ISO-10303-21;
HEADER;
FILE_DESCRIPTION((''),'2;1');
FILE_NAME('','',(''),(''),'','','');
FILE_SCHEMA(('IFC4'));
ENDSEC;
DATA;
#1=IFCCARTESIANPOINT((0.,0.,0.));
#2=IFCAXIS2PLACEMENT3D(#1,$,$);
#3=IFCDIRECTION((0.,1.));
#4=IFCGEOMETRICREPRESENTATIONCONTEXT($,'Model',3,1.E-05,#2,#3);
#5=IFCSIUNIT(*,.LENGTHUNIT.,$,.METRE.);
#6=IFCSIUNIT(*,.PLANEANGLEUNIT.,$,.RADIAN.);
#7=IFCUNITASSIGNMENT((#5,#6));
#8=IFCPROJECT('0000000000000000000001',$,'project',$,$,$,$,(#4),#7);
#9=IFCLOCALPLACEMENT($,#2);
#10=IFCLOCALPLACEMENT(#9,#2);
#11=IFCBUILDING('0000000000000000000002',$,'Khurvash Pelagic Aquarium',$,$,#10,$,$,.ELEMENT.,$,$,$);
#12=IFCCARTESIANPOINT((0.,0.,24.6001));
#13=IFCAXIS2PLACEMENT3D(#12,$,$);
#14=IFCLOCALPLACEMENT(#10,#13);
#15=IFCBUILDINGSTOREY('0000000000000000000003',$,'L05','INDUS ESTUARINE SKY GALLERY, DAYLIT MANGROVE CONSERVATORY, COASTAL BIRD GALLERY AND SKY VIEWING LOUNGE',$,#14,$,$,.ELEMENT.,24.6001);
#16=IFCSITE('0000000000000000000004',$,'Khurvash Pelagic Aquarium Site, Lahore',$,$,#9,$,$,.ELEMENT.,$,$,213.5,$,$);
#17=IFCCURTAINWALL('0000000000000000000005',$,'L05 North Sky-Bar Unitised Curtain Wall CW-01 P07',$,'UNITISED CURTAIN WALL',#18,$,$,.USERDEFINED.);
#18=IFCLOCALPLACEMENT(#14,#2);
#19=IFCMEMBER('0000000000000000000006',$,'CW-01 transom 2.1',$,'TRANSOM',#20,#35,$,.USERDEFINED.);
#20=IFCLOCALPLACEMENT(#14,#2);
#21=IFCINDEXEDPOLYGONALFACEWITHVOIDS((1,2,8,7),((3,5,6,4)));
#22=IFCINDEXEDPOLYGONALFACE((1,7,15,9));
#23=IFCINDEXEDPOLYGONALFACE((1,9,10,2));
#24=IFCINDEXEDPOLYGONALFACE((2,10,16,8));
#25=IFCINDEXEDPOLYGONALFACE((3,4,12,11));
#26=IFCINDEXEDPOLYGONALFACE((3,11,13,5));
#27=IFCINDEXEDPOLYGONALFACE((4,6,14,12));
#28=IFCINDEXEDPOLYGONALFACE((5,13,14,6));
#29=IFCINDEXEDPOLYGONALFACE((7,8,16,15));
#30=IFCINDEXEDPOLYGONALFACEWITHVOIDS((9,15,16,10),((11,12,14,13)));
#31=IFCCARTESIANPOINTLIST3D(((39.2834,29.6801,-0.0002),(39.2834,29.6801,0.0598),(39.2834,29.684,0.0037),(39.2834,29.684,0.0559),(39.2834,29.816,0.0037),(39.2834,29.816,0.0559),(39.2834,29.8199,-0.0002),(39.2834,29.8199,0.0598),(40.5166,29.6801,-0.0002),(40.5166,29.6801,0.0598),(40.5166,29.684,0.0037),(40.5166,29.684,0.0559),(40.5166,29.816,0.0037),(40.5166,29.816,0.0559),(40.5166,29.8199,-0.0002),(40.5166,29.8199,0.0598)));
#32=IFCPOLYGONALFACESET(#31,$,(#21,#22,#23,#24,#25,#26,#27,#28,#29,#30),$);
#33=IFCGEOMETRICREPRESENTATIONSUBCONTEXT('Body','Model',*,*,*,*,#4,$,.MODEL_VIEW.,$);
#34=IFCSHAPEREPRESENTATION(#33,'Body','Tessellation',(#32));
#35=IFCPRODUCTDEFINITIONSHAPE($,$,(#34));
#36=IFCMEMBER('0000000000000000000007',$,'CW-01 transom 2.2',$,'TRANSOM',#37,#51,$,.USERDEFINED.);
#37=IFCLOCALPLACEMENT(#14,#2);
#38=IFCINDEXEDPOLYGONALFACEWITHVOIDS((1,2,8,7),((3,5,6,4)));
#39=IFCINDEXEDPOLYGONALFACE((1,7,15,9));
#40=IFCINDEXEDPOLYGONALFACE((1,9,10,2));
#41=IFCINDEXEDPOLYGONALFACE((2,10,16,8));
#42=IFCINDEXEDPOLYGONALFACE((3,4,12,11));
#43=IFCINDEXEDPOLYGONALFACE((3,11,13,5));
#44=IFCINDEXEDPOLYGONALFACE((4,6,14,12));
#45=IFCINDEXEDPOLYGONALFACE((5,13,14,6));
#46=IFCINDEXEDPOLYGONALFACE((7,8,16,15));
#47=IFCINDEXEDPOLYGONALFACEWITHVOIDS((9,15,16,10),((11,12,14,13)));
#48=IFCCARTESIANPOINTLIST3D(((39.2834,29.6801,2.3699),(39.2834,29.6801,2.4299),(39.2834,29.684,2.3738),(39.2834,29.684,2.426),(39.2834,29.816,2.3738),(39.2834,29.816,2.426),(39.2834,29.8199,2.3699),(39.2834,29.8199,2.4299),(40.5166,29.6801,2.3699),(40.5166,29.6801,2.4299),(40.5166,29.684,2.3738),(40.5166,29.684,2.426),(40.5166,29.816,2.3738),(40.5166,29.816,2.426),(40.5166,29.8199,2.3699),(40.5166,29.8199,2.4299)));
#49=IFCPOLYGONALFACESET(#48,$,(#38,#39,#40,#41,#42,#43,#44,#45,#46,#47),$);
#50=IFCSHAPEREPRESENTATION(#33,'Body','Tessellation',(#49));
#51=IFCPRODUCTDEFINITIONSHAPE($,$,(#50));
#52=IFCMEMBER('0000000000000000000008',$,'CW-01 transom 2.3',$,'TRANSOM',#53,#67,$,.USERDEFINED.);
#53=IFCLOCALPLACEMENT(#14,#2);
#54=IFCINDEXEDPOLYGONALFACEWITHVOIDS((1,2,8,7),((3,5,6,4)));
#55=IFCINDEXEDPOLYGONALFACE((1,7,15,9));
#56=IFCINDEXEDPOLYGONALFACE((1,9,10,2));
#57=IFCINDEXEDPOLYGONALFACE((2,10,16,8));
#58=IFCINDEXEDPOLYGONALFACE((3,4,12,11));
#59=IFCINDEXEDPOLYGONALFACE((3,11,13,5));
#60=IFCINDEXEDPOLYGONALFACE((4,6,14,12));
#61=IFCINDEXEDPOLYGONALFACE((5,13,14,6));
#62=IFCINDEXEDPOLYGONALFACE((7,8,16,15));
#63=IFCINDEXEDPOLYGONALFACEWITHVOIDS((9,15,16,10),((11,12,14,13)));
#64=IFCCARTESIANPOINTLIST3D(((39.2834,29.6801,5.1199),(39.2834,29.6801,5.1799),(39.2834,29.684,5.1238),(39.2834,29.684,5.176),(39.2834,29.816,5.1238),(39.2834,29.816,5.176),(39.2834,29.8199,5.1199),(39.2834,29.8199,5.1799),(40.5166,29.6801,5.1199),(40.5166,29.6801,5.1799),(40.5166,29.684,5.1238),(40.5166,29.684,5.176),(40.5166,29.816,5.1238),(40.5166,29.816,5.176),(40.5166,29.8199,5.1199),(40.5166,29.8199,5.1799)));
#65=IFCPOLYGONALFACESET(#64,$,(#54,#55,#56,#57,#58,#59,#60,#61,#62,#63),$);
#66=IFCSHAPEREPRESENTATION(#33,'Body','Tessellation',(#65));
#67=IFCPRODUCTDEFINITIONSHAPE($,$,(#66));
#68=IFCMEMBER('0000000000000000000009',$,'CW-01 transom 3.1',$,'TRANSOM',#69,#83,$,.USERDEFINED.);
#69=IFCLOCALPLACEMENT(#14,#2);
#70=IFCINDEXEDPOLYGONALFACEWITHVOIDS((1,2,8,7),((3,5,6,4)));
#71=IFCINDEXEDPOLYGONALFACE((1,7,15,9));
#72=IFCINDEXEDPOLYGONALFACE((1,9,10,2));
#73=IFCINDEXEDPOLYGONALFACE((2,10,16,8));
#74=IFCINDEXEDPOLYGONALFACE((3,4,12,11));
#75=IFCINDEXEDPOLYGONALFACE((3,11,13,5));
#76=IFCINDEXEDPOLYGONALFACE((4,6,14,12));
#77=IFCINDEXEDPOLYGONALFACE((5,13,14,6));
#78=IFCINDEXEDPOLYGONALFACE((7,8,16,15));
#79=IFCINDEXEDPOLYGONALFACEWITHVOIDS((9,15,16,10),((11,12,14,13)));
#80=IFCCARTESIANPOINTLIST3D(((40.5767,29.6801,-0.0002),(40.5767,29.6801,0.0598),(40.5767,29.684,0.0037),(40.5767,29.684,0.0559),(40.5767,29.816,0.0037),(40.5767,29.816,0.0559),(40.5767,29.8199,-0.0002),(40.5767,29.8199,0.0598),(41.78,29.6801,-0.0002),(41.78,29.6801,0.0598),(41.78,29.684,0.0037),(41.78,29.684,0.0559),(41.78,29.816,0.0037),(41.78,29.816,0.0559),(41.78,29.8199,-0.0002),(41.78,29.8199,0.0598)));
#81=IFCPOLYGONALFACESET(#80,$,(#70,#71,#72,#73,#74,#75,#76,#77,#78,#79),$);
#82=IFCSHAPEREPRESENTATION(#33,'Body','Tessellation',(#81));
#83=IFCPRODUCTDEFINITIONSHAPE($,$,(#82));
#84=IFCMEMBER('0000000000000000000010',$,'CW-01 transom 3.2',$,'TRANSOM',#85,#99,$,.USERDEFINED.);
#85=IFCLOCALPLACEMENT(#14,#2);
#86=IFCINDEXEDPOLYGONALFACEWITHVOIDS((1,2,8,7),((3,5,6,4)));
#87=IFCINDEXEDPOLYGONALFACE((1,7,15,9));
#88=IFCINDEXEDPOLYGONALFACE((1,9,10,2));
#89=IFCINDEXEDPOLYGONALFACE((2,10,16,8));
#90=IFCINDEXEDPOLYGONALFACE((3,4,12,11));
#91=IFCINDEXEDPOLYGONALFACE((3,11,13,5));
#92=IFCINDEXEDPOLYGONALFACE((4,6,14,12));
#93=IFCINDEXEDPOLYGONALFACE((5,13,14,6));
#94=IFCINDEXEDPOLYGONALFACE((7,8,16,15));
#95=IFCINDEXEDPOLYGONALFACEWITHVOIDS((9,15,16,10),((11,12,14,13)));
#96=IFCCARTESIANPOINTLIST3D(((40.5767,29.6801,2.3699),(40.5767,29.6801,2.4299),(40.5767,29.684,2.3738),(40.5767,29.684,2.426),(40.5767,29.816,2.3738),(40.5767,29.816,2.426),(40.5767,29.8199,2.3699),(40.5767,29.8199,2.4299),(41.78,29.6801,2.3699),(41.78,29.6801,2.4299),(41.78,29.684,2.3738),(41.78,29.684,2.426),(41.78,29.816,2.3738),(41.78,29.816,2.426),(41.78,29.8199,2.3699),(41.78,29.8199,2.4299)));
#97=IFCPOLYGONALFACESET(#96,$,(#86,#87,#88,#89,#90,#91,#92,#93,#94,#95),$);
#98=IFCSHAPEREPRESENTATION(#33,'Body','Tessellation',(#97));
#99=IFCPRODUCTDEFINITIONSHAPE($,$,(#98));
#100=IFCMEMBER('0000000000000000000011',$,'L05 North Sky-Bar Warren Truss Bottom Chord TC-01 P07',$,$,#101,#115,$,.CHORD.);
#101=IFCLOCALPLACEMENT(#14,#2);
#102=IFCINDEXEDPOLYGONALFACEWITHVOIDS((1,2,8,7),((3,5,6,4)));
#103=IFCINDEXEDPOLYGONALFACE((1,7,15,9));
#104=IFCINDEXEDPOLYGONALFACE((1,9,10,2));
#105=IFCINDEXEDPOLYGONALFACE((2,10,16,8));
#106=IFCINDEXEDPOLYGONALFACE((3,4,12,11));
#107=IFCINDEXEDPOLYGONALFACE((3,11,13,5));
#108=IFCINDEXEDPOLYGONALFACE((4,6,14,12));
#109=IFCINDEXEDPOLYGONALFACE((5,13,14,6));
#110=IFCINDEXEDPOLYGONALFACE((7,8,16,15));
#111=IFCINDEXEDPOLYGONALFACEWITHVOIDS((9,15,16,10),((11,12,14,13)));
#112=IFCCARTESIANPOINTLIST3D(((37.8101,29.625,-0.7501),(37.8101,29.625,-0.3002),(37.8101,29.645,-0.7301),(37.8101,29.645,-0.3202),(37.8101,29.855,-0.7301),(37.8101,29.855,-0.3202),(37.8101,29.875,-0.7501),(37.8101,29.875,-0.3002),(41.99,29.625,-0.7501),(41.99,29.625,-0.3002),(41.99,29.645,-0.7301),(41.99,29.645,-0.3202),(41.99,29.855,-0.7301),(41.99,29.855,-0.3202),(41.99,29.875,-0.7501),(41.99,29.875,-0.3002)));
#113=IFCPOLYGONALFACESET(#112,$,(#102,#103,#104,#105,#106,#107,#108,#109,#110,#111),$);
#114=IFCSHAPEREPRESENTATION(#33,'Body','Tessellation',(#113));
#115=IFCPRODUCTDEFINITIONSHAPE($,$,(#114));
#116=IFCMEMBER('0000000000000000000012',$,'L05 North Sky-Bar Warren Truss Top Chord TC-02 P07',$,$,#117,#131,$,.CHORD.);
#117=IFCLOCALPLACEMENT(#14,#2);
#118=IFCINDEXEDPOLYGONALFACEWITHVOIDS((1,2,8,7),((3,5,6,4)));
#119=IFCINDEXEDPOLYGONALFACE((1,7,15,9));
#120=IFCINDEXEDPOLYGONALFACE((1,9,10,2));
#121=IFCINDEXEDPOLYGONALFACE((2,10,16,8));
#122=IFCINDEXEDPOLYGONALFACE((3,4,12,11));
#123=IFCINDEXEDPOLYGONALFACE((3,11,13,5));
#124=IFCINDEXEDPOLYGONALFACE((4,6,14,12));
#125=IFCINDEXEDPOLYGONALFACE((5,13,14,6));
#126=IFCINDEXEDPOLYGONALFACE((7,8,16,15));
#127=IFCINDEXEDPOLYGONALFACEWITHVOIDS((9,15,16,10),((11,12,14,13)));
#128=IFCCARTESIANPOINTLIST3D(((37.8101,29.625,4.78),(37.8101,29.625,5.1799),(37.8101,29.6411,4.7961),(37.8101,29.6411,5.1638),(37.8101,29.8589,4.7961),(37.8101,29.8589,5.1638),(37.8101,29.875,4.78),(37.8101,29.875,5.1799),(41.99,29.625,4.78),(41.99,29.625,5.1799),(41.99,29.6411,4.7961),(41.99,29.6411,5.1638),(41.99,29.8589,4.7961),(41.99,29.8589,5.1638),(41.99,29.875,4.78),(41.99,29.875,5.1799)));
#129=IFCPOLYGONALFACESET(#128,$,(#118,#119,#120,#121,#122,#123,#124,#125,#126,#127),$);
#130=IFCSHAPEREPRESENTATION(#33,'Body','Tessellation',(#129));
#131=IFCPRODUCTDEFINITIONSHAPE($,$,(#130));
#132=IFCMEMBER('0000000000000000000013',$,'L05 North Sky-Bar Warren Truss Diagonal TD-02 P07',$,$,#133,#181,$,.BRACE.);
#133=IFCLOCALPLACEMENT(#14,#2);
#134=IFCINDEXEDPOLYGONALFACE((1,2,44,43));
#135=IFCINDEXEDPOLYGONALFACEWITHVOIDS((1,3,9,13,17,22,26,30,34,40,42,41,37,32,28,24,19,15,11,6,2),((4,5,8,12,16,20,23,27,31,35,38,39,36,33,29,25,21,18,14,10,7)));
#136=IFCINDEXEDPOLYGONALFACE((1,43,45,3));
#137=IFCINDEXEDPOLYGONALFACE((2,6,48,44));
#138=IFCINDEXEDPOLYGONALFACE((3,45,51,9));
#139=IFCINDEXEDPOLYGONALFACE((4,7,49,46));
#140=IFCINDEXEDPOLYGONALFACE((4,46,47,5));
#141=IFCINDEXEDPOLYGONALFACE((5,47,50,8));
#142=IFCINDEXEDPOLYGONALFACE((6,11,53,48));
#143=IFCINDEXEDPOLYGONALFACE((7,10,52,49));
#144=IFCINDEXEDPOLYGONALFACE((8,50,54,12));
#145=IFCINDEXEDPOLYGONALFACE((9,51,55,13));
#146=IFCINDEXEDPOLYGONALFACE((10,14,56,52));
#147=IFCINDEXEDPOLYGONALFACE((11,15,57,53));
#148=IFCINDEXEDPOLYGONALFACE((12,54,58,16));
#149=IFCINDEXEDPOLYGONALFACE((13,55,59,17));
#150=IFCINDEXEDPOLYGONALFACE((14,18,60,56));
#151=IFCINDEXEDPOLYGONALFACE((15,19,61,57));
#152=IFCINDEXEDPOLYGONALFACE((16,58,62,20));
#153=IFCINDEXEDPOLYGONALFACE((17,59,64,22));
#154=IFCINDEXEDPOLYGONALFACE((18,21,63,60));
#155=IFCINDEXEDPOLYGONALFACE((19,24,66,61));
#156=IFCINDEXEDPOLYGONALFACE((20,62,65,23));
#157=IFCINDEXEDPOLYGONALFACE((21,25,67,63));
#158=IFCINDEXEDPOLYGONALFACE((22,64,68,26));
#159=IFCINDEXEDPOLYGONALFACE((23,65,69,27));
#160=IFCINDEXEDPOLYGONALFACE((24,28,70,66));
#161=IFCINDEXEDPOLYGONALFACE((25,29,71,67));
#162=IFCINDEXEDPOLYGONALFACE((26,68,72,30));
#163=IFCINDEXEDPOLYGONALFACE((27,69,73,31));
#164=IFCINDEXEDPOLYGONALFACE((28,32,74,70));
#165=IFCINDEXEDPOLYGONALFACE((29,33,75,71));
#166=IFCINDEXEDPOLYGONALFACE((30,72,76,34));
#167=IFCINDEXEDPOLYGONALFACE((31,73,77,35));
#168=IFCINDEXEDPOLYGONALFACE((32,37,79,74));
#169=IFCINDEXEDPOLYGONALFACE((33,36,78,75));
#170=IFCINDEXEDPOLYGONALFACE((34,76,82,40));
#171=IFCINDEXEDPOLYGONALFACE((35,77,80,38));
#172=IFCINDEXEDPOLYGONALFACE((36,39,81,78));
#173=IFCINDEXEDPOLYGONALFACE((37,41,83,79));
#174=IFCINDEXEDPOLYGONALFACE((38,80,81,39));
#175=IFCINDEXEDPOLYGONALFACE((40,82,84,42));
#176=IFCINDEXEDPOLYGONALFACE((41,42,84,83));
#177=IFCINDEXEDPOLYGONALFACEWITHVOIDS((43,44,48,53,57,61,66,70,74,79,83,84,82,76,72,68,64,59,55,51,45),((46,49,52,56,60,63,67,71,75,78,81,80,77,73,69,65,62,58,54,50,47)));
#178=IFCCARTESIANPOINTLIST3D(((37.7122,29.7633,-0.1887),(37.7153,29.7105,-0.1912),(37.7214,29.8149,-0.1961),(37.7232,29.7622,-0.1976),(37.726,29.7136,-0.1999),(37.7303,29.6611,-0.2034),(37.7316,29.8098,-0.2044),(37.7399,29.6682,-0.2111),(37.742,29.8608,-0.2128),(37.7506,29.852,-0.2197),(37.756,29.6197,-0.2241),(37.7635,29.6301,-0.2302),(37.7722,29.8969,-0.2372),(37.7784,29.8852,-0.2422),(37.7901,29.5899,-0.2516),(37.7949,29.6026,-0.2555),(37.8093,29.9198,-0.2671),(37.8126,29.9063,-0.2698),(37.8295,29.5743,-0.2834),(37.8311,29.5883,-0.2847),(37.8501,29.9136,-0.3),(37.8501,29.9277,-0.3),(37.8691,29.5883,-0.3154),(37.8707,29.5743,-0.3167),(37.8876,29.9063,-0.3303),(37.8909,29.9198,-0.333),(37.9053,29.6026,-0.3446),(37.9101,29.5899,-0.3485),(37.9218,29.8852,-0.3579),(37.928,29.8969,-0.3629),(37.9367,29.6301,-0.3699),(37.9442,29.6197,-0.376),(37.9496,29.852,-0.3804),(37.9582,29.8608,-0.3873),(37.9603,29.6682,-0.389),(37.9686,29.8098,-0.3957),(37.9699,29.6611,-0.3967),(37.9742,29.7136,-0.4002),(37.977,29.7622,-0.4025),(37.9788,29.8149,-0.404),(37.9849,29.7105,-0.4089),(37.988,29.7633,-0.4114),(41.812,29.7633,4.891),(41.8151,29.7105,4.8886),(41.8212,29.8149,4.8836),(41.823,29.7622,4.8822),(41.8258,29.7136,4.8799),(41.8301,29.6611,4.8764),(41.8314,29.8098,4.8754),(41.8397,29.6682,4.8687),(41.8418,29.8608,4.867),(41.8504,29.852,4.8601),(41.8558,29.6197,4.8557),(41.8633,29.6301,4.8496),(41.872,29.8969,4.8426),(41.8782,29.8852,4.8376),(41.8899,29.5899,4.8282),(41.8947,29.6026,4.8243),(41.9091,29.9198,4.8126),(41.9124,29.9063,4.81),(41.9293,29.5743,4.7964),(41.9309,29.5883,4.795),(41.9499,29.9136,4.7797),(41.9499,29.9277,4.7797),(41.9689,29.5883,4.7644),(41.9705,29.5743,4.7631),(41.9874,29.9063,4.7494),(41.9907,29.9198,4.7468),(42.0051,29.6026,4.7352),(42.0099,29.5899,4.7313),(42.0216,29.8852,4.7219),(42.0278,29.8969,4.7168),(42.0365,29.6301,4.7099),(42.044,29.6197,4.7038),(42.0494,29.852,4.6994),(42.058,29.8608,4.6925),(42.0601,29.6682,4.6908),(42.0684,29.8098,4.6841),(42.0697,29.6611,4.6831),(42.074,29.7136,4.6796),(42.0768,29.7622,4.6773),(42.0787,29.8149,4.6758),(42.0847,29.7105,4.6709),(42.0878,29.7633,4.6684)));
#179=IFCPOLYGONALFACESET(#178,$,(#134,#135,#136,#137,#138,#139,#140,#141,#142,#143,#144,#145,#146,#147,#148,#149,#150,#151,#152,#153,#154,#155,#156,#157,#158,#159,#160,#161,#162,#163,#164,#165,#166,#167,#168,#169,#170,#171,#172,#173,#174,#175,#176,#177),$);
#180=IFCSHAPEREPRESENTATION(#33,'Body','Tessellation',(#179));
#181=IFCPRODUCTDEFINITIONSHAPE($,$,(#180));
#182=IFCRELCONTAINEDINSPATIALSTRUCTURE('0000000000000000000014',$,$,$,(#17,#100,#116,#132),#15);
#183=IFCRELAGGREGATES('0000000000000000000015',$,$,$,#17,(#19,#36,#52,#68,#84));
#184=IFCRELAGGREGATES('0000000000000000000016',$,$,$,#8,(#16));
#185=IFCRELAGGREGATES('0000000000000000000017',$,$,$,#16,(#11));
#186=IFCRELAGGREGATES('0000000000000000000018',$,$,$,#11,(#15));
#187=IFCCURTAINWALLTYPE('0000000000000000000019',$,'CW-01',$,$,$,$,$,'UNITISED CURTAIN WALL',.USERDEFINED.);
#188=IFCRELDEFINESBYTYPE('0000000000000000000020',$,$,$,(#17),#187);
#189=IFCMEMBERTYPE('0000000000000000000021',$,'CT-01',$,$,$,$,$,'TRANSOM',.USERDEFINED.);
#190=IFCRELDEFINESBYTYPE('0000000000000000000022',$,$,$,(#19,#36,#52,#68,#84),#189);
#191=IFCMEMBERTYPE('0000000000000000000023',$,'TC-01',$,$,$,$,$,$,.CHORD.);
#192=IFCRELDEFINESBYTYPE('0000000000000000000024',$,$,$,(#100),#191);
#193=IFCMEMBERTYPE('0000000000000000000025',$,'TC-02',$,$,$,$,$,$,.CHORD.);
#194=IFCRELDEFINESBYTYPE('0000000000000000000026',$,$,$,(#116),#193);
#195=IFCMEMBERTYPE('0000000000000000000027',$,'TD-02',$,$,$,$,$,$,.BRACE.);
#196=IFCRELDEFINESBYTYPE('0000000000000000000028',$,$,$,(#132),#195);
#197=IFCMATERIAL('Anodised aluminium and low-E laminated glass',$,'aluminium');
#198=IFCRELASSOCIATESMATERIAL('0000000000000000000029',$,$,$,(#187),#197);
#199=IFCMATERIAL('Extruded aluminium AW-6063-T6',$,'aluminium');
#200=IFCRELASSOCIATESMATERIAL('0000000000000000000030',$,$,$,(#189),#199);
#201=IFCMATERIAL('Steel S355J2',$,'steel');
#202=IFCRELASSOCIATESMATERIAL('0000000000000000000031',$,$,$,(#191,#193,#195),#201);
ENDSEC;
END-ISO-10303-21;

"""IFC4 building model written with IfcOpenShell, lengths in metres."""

from ifc_helpers import new_model, si_unit, direction, frame, origin, origin_2d, place, context, subcontext, project, spatial, hollow_rectangle, hollow_circle, extrude, material, material_profile, profile_set, type_object, element, aggregate, save


model = new_model("IFC4")

# Units and contexts
model_context = context("Model", 3, precision=1e-05, world=origin(), true_north=direction((0.0, 1.0)))
body_context = subcontext(model_context, "Body", "Model", "MODEL_VIEW")
ifc_project = project(units=[si_unit("LENGTHUNIT", "METRE"), si_unit("PLANEANGLEUNIT", "RADIAN")], contexts=[model_context])

# Site, building, storey
site_placement = place(None, origin())
site = spatial("IfcSite", under=ifc_project, at=site_placement, Name="Khurvash Pelagic Aquarium Site, Lahore", CompositionType="ELEMENT", RefElevation=213.5)
building_placement = place(site_placement, origin())
building = spatial("IfcBuilding", under=site, at=building_placement, Name="Khurvash Pelagic Aquarium", CompositionType="ELEMENT")
storey_placement = place(building_placement, frame((0.0, 0.0, 24.6001)))
storey = spatial("IfcBuildingStorey", under=building, at=storey_placement, Name="L05", Description="INDUS ESTUARINE SKY GALLERY, DAYLIT MANGROVE CONSERVATORY, COASTAL BIRD GALLERY AND SKY VIEWING LOUNGE", CompositionType="ELEMENT", Elevation=24.6001)

# Curtain wall
ifc_material_1 = material(Name="Anodised aluminium and low-E laminated glass", Category="aluminium")
curtain_wall_type = type_object("IfcCurtainWallType", Name="CW-01", ElementType="UNITISED CURTAIN WALL", PredefinedType="USERDEFINED", material=ifc_material_1)
ifc_material_2 = material(Name="Extruded aluminium AW-6063-T6", Category="aluminium")
curtain_wall_1_placement = place(storey_placement, origin())
curtain_wall_1 = element("IfcCurtainWall", 1, at=curtain_wall_1_placement, inside=storey, type_object=curtain_wall_type, Name="L05 North Sky-Bar Unitised Curtain Wall CW-01 P07", ObjectType="UNITISED CURTAIN WALL", PredefinedType="USERDEFINED")

# Members
ifc_material_profile_1 = material_profile(ifc_material_2, hollow_rectangle(XDim=0.1399, YDim=0.0601, WallThickness=0.0039, at=origin_2d()), Name="CWT140X60X4")
ifc_profile_set_1 = profile_set([ifc_material_profile_1], Name="Extruded aluminium AW-6063-T6")
member_type_1 = type_object("IfcMemberType", Name="CT-01", ElementType="TRANSOM", PredefinedType="USERDEFINED", material=ifc_profile_set_1)
member_1_placement = place(storey_placement, frame((39.2834, 29.75, 0.0298), z_axis=(1.0, 0.0, 0.0), x_axis=(0.0, 1.0, 0.0)))
member_1 = element("IfcMember", 2, at=member_1_placement, type_object=member_type_1, Name="CW-01 transom 2.1", ObjectType="TRANSOM", PredefinedType="USERDEFINED", context=body_context, shape_type="SweptSolid", body=[
    extrude(hollow_rectangle(XDim=0.1399, YDim=0.0601, WallThickness=0.0039, at=origin_2d()), origin(), (0.0, 0.0, 1.0), 1.2332),
])
member_2_placement = place(storey_placement, frame((39.2834, 29.75, 2.3999), z_axis=(1.0, 0.0, 0.0), x_axis=(0.0, 1.0, 0.0)))
member_2 = element("IfcMember", 3, at=member_2_placement, type_object=member_type_1, Name="CW-01 transom 2.2", ObjectType="TRANSOM", PredefinedType="USERDEFINED", context=body_context, shape_type="SweptSolid", body=[
    extrude(hollow_rectangle(XDim=0.1399, YDim=0.0601, WallThickness=0.0039, at=origin_2d()), origin(), (0.0, 0.0, 1.0), 1.2332),
])
member_3_placement = place(storey_placement, frame((39.2834, 29.75, 5.1499), z_axis=(1.0, 0.0, 0.0), x_axis=(0.0, 1.0, 0.0)))
member_3 = element("IfcMember", 4, at=member_3_placement, type_object=member_type_1, Name="CW-01 transom 2.3", ObjectType="TRANSOM", PredefinedType="USERDEFINED", context=body_context, shape_type="SweptSolid", body=[
    extrude(hollow_rectangle(XDim=0.1399, YDim=0.0601, WallThickness=0.0039, at=origin_2d()), origin(), (0.0, 0.0, 1.0), 1.2332),
])
member_4_placement = place(storey_placement, frame((40.5767, 29.75, 0.0298), z_axis=(1.0, 0.0, 0.0), x_axis=(0.0, 1.0, 0.0)))
member_4 = element("IfcMember", 5, at=member_4_placement, type_object=member_type_1, Name="CW-01 transom 3.1", ObjectType="TRANSOM", PredefinedType="USERDEFINED", context=body_context, shape_type="SweptSolid", body=[
    extrude(hollow_rectangle(XDim=0.1399, YDim=0.0601, WallThickness=0.0039, at=origin_2d()), origin(), (0.0, 0.0, 1.0), 1.2034),
])
member_5_placement = place(storey_placement, frame((40.5767, 29.75, 2.3999), z_axis=(1.0, 0.0, 0.0), x_axis=(0.0, 1.0, 0.0)))
member_5 = element("IfcMember", 6, at=member_5_placement, type_object=member_type_1, Name="CW-01 transom 3.2", ObjectType="TRANSOM", PredefinedType="USERDEFINED", context=body_context, shape_type="SweptSolid", body=[
    extrude(hollow_rectangle(XDim=0.1399, YDim=0.0601, WallThickness=0.0039, at=origin_2d()), origin(), (0.0, 0.0, 1.0), 1.2034),
])

# Members
ifc_material_3 = material(Name="Steel S355J2", Category="steel")
ifc_material_profile_2 = material_profile(ifc_material_3, hollow_rectangle(XDim=0.25, YDim=0.45, WallThickness=0.02, at=origin_2d()), Name="RHS450X250X20")
ifc_profile_set_2 = profile_set([ifc_material_profile_2], Name="Steel S355J2")
member_type_2 = type_object("IfcMemberType", Name="TC-01", PredefinedType="CHORD", material=ifc_profile_set_2)
member_6_placement = place(storey_placement, frame((37.8101, 29.75, -0.5251), z_axis=(1.0, 0.0, 0.0), x_axis=(0.0, 1.0, 0.0)))
element("IfcMember", 7, at=member_6_placement, inside=storey, type_object=member_type_2, Name="L05 North Sky-Bar Warren Truss Bottom Chord TC-01 P07", PredefinedType="CHORD", context=body_context, shape_type="SweptSolid", body=[
    extrude(hollow_rectangle(XDim=0.25, YDim=0.45, WallThickness=0.02, at=origin_2d()), origin(), (0.0, 0.0, 1.0), 4.1799),
])
ifc_material_profile_3 = material_profile(ifc_material_3, hollow_rectangle(XDim=0.25, YDim=0.3999, WallThickness=0.0161, at=origin_2d()), Name="RHS400X250X16")
ifc_profile_set_3 = profile_set([ifc_material_profile_3], Name="Steel S355J2")
member_type_3 = type_object("IfcMemberType", Name="TC-02", PredefinedType="CHORD", material=ifc_profile_set_3)
member_7_placement = place(storey_placement, frame((37.8101, 29.75, 4.98), z_axis=(1.0, 0.0, 0.0), x_axis=(0.0, 1.0, 0.0)))
element("IfcMember", 8, at=member_7_placement, inside=storey, type_object=member_type_3, Name="L05 North Sky-Bar Warren Truss Top Chord TC-02 P07", PredefinedType="CHORD", context=body_context, shape_type="SweptSolid", body=[
    extrude(hollow_rectangle(XDim=0.25, YDim=0.3999, WallThickness=0.0161, at=origin_2d()), origin(), (0.0, 0.0, 1.0), 4.1799),
])
ifc_material_profile_4 = material_profile(ifc_material_3, hollow_circle(Radius=0.1777, WallThickness=0.0142, at=origin_2d()), Name="CHS355X14")
ifc_profile_set_4 = profile_set([ifc_material_profile_4], Name="Steel S355J2")
member_type_4 = type_object("IfcMemberType", Name="TD-02", PredefinedType="BRACE", material=ifc_profile_set_4)
member_8_placement = place(storey_placement, frame((37.8501, 29.75, -0.3), z_axis=(0.628051, 0.0, 0.778172), x_axis=(0.0, 1.0, 0.0)))
element("IfcMember", 9, at=member_8_placement, inside=storey, type_object=member_type_4, Name="L05 North Sky-Bar Warren Truss Diagonal TD-02 P07", PredefinedType="BRACE", context=body_context, shape_type="SweptSolid", body=[
    extrude(hollow_circle(Radius=0.1777, WallThickness=0.0142, at=origin_2d()), origin(), (0.0, 0.0, 1.0), 6.5278),
])

aggregate(curtain_wall_1, [member_1, member_2, member_3, member_4, member_5])

save(model, "model.ifc")
